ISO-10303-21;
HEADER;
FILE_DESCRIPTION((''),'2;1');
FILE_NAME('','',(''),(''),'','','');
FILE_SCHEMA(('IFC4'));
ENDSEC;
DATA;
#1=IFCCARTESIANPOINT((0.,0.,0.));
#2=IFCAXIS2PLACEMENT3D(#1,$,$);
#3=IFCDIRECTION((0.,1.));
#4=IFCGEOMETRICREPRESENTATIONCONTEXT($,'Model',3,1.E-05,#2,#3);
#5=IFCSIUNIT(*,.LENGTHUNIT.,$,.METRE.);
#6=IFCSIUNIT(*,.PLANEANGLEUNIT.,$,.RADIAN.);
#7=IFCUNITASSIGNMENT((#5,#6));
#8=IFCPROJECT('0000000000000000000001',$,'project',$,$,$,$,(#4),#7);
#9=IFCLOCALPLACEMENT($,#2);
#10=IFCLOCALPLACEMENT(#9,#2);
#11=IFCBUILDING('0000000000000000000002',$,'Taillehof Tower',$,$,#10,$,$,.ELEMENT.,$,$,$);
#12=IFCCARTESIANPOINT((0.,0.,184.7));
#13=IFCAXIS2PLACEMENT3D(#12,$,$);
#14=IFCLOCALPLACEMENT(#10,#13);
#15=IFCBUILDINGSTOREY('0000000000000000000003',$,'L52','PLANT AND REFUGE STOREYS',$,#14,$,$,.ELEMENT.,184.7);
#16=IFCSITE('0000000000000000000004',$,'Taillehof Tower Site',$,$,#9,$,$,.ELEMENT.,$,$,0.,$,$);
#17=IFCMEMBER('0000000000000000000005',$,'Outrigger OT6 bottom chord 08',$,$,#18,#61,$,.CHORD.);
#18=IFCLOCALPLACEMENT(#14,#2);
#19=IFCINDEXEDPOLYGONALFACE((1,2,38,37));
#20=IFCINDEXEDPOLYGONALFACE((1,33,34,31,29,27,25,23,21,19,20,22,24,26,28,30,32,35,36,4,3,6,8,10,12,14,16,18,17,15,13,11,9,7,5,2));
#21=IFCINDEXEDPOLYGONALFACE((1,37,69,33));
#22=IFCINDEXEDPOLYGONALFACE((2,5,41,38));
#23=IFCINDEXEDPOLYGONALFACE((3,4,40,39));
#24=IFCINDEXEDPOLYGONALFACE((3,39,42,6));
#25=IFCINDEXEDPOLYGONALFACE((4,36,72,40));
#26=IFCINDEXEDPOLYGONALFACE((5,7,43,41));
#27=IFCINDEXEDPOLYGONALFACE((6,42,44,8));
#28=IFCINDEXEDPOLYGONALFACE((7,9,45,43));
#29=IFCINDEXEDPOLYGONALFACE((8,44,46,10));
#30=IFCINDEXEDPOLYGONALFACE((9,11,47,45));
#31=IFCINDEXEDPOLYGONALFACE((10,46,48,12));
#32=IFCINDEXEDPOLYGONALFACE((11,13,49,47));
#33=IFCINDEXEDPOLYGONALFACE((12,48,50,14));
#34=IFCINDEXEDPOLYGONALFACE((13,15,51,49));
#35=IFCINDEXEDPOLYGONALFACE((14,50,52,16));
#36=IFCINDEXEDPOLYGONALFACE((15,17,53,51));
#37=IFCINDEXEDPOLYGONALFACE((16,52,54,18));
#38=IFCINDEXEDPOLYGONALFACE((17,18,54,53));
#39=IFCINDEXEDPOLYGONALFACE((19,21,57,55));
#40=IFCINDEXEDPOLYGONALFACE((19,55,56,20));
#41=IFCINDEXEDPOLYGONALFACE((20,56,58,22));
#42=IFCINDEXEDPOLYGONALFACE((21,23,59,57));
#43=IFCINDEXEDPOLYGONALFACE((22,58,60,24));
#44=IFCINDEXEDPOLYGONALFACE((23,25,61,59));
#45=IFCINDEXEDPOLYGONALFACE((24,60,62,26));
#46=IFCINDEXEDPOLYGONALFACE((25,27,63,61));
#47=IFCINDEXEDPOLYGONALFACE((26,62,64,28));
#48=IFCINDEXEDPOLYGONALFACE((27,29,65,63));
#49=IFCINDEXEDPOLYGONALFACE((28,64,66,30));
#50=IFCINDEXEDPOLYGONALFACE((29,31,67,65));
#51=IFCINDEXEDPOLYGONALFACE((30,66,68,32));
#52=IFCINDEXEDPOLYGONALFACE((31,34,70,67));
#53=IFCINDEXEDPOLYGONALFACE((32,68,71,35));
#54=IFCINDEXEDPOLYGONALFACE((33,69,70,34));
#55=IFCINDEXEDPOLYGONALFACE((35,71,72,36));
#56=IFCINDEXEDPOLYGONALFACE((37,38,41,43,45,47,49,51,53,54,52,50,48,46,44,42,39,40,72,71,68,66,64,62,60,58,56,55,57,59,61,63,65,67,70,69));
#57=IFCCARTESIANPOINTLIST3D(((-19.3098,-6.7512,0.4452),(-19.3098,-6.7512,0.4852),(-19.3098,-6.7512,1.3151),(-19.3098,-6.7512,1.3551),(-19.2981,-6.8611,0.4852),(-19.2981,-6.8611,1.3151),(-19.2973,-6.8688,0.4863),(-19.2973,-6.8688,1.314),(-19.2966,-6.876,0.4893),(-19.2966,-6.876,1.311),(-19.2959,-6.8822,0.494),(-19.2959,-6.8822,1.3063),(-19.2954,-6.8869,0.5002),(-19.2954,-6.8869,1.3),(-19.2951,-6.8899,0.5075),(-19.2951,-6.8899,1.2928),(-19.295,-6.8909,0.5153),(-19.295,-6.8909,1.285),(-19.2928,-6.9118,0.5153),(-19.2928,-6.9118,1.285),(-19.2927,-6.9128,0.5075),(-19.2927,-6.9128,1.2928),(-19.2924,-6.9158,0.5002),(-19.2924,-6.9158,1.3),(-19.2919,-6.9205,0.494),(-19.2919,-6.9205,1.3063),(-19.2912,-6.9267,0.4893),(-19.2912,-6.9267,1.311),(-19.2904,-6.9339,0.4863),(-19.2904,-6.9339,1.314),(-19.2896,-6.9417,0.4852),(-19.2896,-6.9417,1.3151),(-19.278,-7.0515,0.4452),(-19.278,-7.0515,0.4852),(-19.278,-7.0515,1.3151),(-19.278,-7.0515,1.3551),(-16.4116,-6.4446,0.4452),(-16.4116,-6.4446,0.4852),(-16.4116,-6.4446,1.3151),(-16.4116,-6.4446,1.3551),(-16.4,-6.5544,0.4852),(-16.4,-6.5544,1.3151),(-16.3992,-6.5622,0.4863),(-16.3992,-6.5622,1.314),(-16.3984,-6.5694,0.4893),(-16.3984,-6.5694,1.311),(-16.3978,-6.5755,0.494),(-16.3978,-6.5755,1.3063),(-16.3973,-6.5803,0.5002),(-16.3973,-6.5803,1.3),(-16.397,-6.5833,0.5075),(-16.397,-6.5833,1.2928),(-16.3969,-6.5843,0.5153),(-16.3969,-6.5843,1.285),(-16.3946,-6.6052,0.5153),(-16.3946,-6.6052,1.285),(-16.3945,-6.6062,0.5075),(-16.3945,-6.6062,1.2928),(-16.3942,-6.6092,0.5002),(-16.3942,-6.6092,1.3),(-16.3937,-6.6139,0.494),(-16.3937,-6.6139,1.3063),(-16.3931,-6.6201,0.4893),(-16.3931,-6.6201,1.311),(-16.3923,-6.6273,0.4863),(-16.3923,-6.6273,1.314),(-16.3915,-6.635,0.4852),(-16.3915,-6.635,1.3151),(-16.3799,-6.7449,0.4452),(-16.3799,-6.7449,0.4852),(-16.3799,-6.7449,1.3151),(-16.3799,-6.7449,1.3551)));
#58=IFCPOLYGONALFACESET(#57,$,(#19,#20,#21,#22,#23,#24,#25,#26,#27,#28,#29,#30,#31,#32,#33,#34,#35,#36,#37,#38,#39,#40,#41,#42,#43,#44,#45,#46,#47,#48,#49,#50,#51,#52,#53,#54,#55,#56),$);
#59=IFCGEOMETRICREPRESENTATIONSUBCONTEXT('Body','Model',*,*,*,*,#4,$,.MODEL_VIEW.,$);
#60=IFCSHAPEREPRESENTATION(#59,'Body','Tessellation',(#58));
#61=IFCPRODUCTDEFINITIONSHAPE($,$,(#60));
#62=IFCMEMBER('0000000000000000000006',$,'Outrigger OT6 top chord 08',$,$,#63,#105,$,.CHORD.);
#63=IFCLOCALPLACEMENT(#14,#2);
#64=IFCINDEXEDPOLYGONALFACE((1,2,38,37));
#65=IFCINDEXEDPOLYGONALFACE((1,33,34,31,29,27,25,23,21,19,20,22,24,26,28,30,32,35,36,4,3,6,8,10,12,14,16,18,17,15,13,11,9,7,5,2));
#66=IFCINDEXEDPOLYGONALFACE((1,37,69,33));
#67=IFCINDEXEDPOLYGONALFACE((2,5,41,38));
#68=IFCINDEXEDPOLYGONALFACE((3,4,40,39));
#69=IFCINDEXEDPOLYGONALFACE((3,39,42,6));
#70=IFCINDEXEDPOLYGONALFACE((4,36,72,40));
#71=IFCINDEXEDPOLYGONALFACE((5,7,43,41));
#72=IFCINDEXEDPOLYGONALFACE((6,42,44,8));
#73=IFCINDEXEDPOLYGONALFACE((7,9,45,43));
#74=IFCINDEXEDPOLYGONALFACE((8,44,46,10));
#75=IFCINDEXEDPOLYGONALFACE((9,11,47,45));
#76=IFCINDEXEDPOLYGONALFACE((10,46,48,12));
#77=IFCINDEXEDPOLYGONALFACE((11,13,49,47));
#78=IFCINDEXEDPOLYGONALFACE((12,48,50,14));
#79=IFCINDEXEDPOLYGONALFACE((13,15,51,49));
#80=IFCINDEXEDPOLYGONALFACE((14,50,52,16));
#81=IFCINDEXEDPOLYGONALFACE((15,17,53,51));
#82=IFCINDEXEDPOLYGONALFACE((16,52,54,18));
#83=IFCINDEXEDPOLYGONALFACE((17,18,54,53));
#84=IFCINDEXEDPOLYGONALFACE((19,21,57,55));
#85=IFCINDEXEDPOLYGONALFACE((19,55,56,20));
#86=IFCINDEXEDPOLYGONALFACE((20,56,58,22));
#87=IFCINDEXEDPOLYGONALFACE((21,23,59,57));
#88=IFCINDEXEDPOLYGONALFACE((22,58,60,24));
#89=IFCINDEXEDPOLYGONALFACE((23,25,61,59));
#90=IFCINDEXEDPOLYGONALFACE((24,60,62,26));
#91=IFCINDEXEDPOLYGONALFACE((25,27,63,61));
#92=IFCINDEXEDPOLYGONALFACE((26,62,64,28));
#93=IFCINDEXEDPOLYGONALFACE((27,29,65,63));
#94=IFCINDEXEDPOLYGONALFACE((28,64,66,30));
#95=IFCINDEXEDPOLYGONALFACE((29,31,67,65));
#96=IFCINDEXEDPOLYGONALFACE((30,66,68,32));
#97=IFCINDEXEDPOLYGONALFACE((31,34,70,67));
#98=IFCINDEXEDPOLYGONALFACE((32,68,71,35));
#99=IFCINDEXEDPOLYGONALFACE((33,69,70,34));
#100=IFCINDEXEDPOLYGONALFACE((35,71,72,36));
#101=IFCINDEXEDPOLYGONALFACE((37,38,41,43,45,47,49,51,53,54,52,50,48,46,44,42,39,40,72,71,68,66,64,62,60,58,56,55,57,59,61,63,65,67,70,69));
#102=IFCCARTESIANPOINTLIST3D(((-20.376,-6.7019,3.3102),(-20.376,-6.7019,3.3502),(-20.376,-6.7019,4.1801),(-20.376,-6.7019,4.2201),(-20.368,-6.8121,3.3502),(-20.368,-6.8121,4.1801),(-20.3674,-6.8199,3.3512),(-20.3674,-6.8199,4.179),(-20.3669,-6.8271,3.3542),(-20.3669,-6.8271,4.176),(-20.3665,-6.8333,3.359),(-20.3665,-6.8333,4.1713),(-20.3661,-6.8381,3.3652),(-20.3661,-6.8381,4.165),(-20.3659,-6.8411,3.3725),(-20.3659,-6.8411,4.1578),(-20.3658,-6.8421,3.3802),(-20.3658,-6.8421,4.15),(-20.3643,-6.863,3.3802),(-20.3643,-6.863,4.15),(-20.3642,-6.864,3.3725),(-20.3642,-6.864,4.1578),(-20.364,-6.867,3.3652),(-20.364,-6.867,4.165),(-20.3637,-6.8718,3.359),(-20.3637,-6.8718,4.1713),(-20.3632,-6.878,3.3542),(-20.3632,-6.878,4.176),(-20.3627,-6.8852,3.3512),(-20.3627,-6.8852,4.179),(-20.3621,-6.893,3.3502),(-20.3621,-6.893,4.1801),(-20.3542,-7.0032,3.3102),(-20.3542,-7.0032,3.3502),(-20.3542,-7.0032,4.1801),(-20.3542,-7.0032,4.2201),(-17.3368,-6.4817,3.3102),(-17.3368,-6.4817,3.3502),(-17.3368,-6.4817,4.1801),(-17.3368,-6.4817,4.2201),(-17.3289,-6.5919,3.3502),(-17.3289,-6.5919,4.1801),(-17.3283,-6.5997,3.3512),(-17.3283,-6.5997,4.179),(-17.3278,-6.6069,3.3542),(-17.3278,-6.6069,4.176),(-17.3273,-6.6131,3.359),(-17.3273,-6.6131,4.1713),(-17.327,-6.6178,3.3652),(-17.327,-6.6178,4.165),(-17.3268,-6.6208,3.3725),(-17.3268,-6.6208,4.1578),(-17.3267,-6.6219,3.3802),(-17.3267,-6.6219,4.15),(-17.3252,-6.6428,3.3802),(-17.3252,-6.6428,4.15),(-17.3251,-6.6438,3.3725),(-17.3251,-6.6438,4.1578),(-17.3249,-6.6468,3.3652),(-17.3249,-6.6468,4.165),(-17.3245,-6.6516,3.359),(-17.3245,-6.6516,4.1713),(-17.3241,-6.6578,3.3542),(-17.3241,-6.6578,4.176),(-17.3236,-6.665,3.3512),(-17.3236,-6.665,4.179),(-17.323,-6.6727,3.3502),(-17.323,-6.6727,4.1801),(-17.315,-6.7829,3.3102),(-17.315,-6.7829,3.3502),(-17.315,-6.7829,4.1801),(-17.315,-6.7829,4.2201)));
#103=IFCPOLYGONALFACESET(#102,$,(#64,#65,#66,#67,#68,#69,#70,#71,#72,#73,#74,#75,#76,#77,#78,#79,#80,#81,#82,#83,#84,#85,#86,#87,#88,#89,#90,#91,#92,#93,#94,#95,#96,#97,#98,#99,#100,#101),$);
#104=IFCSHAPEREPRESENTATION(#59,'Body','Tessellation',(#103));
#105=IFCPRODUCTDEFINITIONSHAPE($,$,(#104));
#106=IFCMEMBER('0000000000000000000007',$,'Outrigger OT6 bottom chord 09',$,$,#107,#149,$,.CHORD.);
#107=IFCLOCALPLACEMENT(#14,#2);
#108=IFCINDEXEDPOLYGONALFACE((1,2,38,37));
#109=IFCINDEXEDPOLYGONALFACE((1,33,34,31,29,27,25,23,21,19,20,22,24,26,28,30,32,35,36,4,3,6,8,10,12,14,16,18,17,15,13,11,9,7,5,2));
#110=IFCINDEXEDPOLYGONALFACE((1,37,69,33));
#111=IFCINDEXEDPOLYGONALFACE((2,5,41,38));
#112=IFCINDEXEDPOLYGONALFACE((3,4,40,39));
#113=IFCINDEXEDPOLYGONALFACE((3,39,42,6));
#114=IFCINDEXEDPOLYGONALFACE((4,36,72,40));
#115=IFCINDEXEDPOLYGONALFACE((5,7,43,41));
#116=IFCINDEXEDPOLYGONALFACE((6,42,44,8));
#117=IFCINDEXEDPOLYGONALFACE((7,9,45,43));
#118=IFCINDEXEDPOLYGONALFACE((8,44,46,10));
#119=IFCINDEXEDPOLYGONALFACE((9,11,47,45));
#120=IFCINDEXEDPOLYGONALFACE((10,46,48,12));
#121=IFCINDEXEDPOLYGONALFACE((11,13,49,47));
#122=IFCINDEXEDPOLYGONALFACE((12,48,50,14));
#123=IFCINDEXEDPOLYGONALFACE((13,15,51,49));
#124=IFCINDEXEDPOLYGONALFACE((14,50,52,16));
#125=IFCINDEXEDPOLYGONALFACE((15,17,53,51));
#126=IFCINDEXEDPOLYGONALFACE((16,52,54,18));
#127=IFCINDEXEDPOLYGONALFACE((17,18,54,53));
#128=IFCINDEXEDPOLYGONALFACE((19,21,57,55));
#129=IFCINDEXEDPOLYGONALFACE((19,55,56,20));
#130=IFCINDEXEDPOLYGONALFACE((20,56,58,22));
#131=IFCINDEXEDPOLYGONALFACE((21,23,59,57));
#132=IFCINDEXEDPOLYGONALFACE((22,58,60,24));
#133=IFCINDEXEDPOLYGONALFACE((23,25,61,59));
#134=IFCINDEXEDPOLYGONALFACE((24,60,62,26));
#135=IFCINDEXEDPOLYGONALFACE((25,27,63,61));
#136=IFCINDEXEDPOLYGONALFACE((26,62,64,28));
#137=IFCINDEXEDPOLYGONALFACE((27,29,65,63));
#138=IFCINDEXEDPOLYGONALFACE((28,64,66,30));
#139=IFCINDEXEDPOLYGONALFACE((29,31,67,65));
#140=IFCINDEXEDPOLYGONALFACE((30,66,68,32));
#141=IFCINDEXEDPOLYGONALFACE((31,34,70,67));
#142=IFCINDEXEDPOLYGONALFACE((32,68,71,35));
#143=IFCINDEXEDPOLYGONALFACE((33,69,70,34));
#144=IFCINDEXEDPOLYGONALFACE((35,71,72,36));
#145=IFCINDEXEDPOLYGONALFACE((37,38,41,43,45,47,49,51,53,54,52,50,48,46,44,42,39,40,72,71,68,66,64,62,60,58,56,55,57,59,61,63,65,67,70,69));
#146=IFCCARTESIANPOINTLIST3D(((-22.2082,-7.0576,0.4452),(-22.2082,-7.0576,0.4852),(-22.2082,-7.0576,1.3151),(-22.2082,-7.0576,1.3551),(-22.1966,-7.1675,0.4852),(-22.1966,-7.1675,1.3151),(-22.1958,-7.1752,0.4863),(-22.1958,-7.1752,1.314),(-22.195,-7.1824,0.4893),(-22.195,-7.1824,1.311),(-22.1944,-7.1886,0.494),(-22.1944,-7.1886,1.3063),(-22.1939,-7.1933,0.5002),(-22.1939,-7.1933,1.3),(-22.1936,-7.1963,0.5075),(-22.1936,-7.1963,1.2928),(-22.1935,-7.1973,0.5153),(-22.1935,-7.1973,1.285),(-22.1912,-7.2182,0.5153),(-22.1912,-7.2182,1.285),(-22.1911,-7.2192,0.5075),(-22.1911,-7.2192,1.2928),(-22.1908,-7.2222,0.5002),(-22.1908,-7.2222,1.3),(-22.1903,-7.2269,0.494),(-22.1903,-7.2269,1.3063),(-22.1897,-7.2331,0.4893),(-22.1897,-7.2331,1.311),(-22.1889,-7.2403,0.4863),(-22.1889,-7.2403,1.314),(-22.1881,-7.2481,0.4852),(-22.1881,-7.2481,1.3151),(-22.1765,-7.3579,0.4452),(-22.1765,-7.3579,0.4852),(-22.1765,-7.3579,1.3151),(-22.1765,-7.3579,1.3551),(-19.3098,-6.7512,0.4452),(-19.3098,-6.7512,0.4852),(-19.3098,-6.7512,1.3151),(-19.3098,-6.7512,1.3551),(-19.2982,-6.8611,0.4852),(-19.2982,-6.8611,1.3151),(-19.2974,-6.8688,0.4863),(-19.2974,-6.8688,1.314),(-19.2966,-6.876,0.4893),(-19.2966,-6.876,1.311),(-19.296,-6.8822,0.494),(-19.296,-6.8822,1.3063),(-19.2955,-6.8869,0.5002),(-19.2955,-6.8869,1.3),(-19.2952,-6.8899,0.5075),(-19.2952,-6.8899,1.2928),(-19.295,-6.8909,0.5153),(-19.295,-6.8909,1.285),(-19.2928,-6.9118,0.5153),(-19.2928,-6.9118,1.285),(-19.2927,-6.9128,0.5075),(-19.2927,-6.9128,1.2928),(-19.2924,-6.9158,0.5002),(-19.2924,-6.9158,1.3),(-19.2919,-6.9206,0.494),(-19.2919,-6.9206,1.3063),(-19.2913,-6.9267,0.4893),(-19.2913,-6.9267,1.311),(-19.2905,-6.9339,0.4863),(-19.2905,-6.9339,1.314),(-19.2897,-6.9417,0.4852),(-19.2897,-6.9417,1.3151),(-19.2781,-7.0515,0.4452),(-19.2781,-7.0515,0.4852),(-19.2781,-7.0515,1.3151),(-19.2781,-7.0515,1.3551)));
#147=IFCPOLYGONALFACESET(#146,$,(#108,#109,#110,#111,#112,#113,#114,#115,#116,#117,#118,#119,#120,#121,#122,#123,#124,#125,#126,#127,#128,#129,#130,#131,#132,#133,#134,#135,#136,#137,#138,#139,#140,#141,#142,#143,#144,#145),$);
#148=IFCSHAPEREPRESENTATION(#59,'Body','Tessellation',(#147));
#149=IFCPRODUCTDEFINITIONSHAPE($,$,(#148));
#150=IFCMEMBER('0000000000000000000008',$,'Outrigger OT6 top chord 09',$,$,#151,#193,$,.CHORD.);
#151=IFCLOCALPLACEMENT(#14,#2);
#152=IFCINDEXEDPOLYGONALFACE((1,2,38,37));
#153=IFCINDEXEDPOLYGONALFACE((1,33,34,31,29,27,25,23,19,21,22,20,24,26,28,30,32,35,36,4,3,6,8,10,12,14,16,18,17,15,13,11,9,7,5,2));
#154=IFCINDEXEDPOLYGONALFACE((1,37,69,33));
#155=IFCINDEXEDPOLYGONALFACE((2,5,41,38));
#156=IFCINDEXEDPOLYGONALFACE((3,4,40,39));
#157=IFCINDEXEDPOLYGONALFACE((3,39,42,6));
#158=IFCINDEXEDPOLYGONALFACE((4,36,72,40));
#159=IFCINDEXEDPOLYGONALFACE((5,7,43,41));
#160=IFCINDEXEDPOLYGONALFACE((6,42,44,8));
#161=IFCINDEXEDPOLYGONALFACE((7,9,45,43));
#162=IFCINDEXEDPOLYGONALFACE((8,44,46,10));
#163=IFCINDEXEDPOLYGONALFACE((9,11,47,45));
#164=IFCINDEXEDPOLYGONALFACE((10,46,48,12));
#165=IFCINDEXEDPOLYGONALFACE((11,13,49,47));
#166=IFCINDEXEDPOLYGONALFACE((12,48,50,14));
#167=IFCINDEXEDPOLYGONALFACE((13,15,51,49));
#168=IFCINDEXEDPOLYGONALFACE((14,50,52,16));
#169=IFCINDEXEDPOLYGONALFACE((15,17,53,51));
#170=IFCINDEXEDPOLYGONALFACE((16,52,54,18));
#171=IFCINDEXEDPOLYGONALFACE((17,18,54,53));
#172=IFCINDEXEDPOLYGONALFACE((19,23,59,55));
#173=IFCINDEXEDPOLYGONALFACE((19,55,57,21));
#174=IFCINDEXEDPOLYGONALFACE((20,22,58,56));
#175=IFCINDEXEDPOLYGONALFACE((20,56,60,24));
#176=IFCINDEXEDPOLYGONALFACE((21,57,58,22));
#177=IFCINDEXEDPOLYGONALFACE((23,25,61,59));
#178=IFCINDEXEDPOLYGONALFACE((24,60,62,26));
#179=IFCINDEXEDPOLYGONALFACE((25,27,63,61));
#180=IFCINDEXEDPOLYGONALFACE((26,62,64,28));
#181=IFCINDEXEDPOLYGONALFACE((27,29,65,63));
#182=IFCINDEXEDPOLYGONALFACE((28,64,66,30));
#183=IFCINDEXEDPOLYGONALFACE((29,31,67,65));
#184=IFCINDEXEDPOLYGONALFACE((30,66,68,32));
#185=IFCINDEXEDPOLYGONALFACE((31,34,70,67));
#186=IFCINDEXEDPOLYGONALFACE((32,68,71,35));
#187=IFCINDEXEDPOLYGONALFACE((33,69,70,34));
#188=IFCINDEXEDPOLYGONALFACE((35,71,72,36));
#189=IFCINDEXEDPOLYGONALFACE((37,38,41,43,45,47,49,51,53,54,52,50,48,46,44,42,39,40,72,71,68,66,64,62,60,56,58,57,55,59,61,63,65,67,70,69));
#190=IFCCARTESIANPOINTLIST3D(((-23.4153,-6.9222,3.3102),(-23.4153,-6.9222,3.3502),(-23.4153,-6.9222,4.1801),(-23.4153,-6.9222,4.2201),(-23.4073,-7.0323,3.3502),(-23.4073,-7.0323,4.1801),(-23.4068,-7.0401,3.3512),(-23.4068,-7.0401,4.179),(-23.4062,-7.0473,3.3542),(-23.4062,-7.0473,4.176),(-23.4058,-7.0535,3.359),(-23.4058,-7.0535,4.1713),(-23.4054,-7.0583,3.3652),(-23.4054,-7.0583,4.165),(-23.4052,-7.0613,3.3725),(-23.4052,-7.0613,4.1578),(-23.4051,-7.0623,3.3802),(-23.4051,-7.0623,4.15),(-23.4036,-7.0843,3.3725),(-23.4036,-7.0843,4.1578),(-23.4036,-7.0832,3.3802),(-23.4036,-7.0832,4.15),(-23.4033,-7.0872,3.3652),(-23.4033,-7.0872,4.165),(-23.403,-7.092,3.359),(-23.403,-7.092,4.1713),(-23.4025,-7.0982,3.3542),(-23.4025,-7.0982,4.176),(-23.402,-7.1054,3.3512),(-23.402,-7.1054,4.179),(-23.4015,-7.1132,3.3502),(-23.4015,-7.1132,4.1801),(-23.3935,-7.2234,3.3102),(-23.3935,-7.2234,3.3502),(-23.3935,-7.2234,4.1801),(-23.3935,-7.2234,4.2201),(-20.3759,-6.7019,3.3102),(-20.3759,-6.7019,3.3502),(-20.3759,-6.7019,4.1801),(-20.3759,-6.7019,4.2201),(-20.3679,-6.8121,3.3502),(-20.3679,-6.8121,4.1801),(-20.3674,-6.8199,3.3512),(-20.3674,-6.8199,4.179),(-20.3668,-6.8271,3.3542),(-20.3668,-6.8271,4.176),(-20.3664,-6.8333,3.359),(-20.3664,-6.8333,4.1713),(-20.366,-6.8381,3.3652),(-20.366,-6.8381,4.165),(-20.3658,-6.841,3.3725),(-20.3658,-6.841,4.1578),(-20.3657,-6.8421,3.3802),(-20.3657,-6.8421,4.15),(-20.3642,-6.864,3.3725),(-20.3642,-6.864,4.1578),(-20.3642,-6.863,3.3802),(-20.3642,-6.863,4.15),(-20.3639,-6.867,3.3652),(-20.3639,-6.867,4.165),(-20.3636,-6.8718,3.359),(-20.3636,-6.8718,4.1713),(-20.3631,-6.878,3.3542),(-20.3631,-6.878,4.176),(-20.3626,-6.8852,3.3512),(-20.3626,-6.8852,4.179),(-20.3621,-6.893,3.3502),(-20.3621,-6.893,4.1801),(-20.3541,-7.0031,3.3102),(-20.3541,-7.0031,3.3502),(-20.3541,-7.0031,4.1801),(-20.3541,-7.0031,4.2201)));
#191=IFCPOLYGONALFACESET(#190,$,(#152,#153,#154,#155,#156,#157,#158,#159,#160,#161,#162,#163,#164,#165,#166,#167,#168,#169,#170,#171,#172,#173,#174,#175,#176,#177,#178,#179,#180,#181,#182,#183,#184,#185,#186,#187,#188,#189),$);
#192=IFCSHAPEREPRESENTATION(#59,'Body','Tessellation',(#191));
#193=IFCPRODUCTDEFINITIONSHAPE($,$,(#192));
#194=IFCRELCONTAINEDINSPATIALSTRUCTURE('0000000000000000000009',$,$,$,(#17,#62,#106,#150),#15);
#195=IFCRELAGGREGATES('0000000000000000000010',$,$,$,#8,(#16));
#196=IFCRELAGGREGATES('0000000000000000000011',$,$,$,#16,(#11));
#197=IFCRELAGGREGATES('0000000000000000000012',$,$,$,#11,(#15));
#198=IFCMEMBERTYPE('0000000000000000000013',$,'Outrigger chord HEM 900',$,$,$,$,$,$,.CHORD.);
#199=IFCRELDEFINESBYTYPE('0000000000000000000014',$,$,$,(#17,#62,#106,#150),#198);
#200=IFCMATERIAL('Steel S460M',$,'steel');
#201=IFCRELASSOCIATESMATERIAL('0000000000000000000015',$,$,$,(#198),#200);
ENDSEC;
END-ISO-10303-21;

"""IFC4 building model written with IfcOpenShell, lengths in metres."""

from ifc_helpers import new_model, si_unit, direction, frame, origin, origin_2d, place, context, subcontext, project, spatial, i_section, extrude, material, material_profile, profile_set, type_object, element, save


model = new_model("IFC4")

# Units and contexts
model_context = context("Model", 3, precision=1e-05, world=origin(), true_north=direction((0.0, 1.0)))
body_context = subcontext(model_context, "Body", "Model", "MODEL_VIEW")
ifc_project = project(units=[si_unit("LENGTHUNIT", "METRE"), si_unit("PLANEANGLEUNIT", "RADIAN")], contexts=[model_context])

# Site, building, storey
site_placement = place(None, origin())
site = spatial("IfcSite", under=ifc_project, at=site_placement, Name="Taillehof Tower Site", CompositionType="ELEMENT", RefElevation=0.0)
building_placement = place(site_placement, origin())
building = spatial("IfcBuilding", under=site, at=building_placement, Name="Taillehof Tower", CompositionType="ELEMENT")
storey_placement = place(building_placement, frame((0.0, 0.0, 184.7)))
storey = spatial("IfcBuildingStorey", under=building, at=storey_placement, Name="L52", Description="PLANT AND REFUGE STOREYS", CompositionType="ELEMENT", Elevation=184.7)

# Members
ifc_material_1 = material(Name="Steel S460M", Category="steel")
ifc_material_profile_1 = material_profile(ifc_material_1, i_section(OverallWidth=0.302, OverallDepth=0.9099, WebThickness=0.021, FlangeThickness=0.04, FilletRadius=0.03, at=origin_2d()), Name="HEM 900")
ifc_profile_set_1 = profile_set([ifc_material_profile_1], Name="Steel S460M")
member_type_1 = type_object("IfcMemberType", Name="Outrigger chord HEM 900", PredefinedType="CHORD", material=ifc_profile_set_1)
member_1_placement = place(storey_placement, frame((-16.3958, -6.5947, 0.9001), z_axis=(-0.994449, -0.105217, 0.0), x_axis=(0.105217, -0.994449, 0.0)))
element("IfcMember", 1, at=member_1_placement, inside=storey, type_object=member_type_1, Name="Outrigger OT6 bottom chord 08", PredefinedType="CHORD", context=body_context, shape_type="SweptSolid", body=[
    extrude(i_section(OverallWidth=0.302, OverallDepth=0.9099, WebThickness=0.021, FlangeThickness=0.04, FilletRadius=0.03, at=origin_2d()), origin(), (0.0, 0.0, 1.0), 2.9143),
])
member_2_placement = place(storey_placement, frame((-17.3259, -6.6323, 3.7651), z_axis=(-0.997385, -0.072272, 0.0), x_axis=(0.072272, -0.997385, 0.0)))
element("IfcMember", 2, at=member_2_placement, inside=storey, type_object=member_type_1, Name="Outrigger OT6 top chord 08", PredefinedType="CHORD", context=body_context, shape_type="SweptSolid", body=[
    extrude(i_section(OverallWidth=0.302, OverallDepth=0.9099, WebThickness=0.021, FlangeThickness=0.04, FilletRadius=0.03, at=origin_2d()), origin(), (0.0, 0.0, 1.0), 3.0471),
])
member_3_placement = place(storey_placement, frame((-19.2939, -6.9014, 0.9001), z_axis=(-0.994459, -0.105125, 0.0), x_axis=(0.105125, -0.994459, 0.0)))
element("IfcMember", 3, at=member_3_placement, inside=storey, type_object=member_type_1, Name="Outrigger OT6 bottom chord 09", PredefinedType="CHORD", context=body_context, shape_type="SweptSolid", body=[
    extrude(i_section(OverallWidth=0.302, OverallDepth=0.9099, WebThickness=0.021, FlangeThickness=0.04, FilletRadius=0.03, at=origin_2d()), origin(), (0.0, 0.0, 1.0), 2.9146),
])
member_4_placement = place(storey_placement, frame((-20.365, -6.8525, 3.7651), z_axis=(-0.997385, -0.072266, 0.0), x_axis=(0.072266, -0.997385, 0.0)))
element("IfcMember", 4, at=member_4_placement, inside=storey, type_object=member_type_1, Name="Outrigger OT6 top chord 09", PredefinedType="CHORD", context=body_context, shape_type="SweptSolid", body=[
    extrude(i_section(OverallWidth=0.302, OverallDepth=0.9099, WebThickness=0.021, FlangeThickness=0.04, FilletRadius=0.03, at=origin_2d()), origin(), (0.0, 0.0, 1.0), 3.0474),
])

save(model, "model.ifc")
